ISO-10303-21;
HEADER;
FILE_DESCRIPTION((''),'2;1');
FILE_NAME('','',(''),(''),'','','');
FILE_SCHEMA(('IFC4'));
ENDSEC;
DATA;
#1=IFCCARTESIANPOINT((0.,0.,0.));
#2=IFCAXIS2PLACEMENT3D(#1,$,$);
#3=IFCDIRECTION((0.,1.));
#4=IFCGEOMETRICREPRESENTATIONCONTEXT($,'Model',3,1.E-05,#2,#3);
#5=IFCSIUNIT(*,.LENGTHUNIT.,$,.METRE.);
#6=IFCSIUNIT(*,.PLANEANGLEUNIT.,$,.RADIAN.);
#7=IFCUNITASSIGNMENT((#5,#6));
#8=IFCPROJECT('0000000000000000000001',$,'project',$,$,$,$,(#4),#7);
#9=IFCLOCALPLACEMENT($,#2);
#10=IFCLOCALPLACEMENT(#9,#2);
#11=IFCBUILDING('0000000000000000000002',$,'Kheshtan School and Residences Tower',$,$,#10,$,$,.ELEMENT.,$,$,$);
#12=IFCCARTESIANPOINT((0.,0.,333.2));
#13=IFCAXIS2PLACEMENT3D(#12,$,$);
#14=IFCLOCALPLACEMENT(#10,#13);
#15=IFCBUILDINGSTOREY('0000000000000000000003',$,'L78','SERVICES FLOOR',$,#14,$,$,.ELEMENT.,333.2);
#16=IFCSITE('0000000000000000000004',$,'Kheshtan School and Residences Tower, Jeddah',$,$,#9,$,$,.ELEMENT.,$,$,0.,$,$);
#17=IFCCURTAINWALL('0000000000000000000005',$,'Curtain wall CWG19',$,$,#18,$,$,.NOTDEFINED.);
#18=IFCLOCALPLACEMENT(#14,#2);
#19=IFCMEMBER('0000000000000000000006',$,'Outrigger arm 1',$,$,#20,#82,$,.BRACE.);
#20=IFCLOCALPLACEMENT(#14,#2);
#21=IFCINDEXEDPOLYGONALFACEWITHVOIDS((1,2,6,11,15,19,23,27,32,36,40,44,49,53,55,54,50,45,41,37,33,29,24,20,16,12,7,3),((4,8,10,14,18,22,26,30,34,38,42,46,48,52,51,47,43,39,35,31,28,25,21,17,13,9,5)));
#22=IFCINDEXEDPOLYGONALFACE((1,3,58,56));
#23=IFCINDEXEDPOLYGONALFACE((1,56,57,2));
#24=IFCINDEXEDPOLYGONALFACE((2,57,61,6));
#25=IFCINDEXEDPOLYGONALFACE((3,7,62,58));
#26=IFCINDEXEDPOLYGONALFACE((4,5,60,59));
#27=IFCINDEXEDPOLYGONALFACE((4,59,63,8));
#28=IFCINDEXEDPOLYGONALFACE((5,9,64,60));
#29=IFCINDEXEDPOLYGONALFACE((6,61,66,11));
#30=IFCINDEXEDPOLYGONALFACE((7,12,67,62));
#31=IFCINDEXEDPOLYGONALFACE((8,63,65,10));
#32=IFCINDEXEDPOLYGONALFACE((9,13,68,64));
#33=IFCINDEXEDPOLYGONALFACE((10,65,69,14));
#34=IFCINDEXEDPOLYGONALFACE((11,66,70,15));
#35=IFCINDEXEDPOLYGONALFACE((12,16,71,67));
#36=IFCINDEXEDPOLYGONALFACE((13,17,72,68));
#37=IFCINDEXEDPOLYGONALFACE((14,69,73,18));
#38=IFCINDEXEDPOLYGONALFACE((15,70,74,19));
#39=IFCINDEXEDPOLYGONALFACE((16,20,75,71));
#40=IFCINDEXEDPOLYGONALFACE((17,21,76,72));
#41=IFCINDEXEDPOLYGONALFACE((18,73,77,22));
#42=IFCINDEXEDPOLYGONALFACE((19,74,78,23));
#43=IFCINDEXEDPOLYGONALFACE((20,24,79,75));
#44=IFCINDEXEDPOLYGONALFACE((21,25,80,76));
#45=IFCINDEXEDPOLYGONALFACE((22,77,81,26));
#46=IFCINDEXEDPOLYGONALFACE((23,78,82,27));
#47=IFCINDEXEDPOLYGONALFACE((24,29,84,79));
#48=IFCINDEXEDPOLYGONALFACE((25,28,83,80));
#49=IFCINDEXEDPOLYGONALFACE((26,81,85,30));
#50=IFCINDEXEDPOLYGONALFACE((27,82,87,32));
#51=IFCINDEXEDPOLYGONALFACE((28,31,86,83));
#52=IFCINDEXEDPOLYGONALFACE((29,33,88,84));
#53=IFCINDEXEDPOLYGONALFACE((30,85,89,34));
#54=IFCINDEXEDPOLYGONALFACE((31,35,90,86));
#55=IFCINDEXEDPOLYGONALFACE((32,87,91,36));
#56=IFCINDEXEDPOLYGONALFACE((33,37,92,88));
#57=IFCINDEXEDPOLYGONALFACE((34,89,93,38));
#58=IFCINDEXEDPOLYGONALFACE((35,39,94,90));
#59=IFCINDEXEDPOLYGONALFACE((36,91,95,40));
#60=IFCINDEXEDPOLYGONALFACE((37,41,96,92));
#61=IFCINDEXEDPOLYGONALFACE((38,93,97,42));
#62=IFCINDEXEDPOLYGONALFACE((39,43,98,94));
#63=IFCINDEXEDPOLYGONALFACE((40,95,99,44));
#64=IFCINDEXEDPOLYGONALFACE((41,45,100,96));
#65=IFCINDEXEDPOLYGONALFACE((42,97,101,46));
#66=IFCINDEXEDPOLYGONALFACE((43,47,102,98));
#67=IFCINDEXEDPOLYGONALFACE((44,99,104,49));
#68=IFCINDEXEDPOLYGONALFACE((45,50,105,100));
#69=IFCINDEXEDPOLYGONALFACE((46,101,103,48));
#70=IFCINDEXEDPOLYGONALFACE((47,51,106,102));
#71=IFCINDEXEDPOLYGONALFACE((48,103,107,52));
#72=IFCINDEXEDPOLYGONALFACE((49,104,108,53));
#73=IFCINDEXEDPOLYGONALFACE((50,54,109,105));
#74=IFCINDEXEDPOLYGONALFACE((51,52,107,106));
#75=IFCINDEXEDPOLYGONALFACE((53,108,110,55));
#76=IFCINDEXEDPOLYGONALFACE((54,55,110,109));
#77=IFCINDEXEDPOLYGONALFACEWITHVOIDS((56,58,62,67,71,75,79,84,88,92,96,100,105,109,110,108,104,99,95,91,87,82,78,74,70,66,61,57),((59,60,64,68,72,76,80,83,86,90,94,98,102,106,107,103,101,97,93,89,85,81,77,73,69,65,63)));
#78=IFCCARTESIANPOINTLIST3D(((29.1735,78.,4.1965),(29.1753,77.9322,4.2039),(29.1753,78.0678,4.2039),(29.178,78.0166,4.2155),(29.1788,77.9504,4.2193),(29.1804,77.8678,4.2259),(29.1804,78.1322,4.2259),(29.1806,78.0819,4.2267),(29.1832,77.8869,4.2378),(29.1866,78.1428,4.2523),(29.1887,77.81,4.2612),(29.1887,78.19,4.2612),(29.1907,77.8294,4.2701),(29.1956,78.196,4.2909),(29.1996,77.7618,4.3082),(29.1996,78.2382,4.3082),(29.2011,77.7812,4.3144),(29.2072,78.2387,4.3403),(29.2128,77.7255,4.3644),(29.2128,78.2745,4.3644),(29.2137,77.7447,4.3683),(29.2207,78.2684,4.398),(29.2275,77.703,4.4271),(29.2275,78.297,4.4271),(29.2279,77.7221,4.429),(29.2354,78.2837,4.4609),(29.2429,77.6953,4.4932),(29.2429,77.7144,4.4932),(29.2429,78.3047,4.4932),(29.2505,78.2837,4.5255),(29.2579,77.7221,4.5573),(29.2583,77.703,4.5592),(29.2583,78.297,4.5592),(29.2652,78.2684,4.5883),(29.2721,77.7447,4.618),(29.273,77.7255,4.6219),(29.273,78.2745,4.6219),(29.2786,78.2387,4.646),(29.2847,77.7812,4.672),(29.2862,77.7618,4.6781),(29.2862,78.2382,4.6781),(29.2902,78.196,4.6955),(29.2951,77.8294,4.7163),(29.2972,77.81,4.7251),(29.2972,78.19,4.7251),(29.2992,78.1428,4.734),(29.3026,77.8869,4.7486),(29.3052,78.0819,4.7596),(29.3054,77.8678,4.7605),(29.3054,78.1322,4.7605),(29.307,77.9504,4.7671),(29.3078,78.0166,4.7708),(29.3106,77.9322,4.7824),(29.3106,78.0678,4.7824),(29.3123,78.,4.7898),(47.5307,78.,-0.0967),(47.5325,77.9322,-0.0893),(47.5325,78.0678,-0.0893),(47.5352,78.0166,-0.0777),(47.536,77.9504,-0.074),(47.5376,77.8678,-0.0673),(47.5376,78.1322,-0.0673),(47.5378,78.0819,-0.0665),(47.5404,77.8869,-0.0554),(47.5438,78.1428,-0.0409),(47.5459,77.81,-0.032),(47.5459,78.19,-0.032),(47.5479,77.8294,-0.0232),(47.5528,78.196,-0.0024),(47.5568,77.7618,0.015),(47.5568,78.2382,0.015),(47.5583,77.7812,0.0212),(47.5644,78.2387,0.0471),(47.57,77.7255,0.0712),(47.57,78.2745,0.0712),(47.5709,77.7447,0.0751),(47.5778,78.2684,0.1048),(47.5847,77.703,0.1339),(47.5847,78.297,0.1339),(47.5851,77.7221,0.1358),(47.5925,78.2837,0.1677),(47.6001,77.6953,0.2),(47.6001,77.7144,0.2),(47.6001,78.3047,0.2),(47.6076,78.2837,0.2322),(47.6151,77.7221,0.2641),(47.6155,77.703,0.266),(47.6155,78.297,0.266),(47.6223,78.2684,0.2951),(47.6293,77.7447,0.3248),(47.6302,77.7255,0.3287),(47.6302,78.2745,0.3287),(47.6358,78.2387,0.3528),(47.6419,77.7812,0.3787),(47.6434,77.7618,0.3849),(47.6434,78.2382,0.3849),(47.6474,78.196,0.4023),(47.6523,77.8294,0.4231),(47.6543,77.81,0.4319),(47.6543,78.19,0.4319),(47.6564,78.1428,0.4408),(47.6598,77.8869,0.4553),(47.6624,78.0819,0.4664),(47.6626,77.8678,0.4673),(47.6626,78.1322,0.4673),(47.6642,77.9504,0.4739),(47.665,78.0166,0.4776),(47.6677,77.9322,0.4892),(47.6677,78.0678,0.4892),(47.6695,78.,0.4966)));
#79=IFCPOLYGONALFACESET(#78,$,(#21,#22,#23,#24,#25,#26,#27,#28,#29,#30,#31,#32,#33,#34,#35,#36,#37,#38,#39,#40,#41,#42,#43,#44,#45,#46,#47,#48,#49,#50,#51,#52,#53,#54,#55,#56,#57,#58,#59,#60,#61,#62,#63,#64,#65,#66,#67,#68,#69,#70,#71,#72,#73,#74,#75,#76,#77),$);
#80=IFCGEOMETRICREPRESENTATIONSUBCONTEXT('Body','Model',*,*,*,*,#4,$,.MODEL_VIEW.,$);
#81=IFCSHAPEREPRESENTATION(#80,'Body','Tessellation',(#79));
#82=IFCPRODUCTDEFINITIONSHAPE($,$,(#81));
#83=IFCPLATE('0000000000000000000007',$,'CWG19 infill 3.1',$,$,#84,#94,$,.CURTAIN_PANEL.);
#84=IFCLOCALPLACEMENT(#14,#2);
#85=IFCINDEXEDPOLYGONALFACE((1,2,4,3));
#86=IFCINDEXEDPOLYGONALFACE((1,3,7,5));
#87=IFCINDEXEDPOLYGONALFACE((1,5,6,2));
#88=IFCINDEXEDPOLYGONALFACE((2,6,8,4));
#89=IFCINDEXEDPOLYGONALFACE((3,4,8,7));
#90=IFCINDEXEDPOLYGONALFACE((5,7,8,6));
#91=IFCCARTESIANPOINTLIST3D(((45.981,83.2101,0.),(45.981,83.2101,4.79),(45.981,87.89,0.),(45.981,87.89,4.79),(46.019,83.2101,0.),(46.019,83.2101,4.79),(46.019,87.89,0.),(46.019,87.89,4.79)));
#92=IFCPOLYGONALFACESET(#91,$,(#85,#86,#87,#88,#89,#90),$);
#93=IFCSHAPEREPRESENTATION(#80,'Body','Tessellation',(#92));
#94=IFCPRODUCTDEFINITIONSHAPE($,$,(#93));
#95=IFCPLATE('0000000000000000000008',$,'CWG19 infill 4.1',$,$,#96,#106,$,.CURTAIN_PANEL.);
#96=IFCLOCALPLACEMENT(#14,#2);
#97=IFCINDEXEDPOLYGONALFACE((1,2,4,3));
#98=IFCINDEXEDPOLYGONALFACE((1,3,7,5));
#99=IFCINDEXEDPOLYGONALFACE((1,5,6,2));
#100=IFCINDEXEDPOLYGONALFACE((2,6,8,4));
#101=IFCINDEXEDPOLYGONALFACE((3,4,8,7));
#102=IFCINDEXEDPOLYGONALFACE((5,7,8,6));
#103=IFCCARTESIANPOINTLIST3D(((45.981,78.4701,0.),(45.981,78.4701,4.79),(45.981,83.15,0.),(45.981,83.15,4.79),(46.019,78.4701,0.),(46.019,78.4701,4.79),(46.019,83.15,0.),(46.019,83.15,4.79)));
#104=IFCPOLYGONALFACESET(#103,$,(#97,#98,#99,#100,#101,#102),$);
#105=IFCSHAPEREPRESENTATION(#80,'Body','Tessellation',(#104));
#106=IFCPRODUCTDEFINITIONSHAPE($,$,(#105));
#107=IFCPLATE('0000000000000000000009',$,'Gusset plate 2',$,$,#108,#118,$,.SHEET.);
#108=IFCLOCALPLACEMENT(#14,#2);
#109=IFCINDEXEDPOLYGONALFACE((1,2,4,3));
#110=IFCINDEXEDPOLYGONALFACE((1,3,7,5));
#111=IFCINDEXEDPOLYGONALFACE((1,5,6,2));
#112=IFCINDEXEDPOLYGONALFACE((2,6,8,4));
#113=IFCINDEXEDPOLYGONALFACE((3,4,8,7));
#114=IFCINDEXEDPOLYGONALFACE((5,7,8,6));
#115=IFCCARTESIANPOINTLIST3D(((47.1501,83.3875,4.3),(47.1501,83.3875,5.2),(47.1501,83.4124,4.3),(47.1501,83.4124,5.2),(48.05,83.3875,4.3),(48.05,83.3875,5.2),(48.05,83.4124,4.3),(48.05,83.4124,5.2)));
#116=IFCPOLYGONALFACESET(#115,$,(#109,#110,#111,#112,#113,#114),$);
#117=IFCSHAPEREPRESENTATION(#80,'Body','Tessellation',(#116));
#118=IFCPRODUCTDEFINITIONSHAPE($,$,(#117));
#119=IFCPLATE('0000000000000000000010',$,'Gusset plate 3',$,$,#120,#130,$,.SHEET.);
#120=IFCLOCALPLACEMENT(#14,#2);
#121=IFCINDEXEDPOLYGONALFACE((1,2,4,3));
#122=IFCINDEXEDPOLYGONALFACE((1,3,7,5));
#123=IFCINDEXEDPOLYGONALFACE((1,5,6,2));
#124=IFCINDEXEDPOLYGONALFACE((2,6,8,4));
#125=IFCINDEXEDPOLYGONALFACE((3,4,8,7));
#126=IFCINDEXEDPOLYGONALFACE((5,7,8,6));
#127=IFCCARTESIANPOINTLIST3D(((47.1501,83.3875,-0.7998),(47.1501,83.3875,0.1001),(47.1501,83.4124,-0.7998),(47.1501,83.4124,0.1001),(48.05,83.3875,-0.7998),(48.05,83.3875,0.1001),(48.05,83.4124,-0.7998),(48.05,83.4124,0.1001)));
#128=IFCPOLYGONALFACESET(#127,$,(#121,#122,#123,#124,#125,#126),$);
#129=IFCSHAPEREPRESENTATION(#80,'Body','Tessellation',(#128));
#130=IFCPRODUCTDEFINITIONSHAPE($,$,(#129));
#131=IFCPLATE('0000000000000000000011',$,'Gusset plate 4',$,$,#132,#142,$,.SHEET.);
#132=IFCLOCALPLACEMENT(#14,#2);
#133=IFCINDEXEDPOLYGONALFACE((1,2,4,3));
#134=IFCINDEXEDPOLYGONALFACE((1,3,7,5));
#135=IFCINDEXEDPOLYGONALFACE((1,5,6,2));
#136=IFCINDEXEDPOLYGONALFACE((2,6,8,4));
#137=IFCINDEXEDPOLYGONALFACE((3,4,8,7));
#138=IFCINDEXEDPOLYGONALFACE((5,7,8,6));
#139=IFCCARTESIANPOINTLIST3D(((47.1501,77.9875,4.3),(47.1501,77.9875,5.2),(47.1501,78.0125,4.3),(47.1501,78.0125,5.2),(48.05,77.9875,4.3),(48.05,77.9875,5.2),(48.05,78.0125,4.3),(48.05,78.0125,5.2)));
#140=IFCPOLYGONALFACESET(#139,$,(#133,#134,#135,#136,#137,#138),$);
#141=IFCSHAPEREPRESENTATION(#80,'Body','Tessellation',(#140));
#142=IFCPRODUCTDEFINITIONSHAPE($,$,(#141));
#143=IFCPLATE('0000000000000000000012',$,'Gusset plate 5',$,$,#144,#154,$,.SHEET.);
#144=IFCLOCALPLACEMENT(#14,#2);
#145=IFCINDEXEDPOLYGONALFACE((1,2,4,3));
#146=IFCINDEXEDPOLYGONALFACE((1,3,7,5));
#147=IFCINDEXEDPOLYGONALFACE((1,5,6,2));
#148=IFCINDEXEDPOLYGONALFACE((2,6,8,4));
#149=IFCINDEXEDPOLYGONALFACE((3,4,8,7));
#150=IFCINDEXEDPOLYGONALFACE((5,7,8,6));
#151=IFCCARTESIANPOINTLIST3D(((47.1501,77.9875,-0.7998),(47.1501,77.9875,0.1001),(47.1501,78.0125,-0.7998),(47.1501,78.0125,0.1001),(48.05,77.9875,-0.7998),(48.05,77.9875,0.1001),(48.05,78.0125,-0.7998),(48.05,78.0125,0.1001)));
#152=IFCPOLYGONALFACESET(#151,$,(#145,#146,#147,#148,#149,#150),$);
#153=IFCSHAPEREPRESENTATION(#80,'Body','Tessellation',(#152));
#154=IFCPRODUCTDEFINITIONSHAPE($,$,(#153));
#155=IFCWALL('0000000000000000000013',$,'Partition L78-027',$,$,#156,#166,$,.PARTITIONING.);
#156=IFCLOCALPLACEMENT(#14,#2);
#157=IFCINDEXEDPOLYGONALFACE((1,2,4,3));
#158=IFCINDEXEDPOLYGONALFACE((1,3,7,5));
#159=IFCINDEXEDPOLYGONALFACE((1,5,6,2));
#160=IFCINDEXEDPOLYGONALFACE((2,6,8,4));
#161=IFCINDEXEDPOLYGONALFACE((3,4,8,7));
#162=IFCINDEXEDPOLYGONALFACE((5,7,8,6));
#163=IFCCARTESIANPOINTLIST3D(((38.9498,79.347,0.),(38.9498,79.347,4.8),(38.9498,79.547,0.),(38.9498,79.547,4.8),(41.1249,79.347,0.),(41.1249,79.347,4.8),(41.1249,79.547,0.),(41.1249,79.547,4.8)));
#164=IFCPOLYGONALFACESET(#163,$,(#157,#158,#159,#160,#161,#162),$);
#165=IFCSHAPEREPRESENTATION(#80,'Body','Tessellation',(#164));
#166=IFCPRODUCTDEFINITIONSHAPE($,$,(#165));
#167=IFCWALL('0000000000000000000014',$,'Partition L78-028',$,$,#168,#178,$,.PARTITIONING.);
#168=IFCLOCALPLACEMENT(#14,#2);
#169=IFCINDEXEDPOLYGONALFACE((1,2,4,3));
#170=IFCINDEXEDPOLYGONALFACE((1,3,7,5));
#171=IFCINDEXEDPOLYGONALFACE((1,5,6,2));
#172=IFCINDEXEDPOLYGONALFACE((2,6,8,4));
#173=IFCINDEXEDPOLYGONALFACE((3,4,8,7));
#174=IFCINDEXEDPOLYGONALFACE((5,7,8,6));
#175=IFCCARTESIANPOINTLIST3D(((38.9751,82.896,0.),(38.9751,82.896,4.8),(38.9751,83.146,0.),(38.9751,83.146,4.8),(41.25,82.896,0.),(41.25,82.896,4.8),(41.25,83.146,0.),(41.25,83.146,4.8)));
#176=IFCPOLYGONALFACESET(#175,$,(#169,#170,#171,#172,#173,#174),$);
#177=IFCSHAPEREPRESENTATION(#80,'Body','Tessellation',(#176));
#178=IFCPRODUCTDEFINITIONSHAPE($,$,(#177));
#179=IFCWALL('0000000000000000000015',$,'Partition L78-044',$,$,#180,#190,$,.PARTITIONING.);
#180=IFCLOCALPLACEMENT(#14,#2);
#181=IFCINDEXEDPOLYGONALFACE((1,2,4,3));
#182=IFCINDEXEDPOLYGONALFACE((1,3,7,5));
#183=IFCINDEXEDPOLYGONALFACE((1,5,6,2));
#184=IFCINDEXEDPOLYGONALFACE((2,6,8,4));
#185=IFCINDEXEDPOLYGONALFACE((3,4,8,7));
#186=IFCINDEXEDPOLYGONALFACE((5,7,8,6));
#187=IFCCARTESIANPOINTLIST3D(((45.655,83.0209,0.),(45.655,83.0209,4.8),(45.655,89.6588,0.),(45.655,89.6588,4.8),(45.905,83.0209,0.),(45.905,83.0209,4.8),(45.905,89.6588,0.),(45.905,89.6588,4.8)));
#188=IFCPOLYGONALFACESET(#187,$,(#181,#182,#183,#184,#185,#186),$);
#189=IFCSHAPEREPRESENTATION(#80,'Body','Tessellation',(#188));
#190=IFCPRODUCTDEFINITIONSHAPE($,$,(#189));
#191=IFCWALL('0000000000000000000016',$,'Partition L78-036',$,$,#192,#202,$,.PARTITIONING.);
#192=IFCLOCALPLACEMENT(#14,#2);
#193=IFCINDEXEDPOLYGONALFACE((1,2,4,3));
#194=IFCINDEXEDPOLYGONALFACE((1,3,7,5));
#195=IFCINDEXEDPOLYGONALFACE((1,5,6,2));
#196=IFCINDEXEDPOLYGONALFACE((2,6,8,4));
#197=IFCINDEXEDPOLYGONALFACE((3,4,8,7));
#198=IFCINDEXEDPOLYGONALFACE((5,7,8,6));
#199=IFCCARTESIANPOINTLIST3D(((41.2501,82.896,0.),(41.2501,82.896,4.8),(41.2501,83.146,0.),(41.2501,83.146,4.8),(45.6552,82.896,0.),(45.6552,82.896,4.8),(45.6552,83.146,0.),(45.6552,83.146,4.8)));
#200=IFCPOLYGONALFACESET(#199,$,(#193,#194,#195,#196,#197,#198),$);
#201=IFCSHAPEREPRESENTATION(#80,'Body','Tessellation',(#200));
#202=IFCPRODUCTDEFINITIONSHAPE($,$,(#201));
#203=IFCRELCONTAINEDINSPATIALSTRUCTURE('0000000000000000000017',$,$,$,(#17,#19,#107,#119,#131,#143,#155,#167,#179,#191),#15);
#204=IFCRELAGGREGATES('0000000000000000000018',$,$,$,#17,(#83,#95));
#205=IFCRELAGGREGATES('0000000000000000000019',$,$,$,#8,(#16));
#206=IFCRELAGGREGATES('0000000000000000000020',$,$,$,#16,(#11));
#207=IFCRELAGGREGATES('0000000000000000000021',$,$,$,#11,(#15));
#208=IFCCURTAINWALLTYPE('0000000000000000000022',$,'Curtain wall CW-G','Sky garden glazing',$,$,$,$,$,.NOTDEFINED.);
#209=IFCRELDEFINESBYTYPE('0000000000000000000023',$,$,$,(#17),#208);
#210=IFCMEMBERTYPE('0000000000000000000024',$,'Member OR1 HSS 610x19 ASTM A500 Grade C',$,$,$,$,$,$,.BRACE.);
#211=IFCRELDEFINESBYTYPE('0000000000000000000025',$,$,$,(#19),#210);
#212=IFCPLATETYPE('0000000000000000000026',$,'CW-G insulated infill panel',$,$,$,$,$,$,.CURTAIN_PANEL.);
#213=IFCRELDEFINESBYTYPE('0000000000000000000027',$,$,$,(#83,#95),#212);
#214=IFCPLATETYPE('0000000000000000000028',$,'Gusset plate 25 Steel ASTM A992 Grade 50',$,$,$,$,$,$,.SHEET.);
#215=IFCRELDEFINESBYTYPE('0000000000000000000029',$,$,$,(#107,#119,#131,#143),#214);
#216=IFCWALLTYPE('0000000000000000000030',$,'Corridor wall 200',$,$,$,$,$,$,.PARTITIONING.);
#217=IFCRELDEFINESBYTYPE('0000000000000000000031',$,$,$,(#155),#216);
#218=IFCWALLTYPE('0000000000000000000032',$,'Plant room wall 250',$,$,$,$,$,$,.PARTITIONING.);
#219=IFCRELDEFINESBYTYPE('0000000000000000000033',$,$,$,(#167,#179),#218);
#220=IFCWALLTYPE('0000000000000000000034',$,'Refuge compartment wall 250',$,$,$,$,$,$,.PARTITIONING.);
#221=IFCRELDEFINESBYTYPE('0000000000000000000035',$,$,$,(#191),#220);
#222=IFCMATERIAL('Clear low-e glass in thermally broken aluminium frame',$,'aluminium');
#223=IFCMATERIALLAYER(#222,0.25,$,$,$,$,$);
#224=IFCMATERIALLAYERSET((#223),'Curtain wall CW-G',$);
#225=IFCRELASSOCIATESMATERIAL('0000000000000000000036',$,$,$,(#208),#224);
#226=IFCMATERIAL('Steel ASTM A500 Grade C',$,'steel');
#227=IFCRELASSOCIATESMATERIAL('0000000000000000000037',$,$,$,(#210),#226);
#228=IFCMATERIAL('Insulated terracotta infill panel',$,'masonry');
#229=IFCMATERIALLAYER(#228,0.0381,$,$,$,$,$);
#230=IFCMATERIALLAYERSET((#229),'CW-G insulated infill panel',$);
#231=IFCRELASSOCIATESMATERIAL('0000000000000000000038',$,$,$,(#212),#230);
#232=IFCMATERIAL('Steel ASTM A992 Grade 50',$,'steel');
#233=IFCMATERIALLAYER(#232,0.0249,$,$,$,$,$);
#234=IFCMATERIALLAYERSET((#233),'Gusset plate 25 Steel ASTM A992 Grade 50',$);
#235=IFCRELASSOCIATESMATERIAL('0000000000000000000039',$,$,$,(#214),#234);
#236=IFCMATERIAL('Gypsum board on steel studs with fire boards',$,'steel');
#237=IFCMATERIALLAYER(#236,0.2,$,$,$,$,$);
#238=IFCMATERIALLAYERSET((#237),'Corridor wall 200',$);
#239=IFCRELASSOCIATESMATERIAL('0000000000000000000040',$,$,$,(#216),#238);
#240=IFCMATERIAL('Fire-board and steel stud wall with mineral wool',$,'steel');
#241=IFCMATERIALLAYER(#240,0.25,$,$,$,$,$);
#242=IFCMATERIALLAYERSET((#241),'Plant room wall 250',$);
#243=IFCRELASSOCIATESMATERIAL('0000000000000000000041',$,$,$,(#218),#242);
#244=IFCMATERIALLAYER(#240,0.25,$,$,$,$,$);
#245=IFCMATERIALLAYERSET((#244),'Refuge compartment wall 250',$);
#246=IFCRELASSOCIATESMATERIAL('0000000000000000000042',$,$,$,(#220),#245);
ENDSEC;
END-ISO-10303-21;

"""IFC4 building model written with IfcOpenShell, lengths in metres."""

from ifc_helpers import new_model, si_unit, direction, frame, frame_2d, origin, origin_2d, place, context, subcontext, project, spatial, rectangle, hollow_circle, extrude, material, layer, layer_set, material_profile, profile_set, type_object, element, aggregate, save


model = new_model("IFC4")

# Units and contexts
model_context = context("Model", 3, precision=1e-05, world=origin(), true_north=direction((0.0, 1.0)))
body_context = subcontext(model_context, "Body", "Model", "MODEL_VIEW")
ifc_project = project(units=[si_unit("LENGTHUNIT", "METRE"), si_unit("PLANEANGLEUNIT", "RADIAN")], contexts=[model_context])

# Site, building, storey
site_placement = place(None, origin())
site = spatial("IfcSite", under=ifc_project, at=site_placement, Name="Kheshtan School and Residences Tower, Jeddah", CompositionType="ELEMENT", RefElevation=0.0)
building_placement = place(site_placement, origin())
building = spatial("IfcBuilding", under=site, at=building_placement, Name="Kheshtan School and Residences Tower", CompositionType="ELEMENT")
storey_placement = place(building_placement, frame((0.0, 0.0, 333.2)))
storey = spatial("IfcBuildingStorey", under=building, at=storey_placement, Name="L78", Description="SERVICES FLOOR", CompositionType="ELEMENT", Elevation=333.2)

# Shared definitions
ifc_material_1 = material(Name="Steel ASTM A992 Grade 50", Category="steel")

# Curtain wall
ifc_material_2 = material(Name="Clear low-e glass in thermally broken aluminium frame", Category="aluminium")
ifc_layer_1 = layer(ifc_material_2, 0.25)
ifc_layer_set_1 = layer_set([ifc_layer_1], Name="Curtain wall CW-G")
curtain_wall_type = type_object("IfcCurtainWallType", Name="Curtain wall CW-G", Description="Sky garden glazing", PredefinedType="NOTDEFINED", material=ifc_layer_set_1)
curtain_wall_placement = place(storey_placement, origin())
curtain_wall = element("IfcCurtainWall", 1, at=curtain_wall_placement, inside=storey, type_object=curtain_wall_type, Name="Curtain wall CWG19", PredefinedType="NOTDEFINED")

# Member
ifc_material_3 = material(Name="Steel ASTM A500 Grade C", Category="steel")
ifc_material_profile_1 = material_profile(ifc_material_3, hollow_circle(Radius=0.3047, WallThickness=0.019, at=origin_2d()), Name="HSS 610x19")
ifc_profile_set_1 = profile_set([ifc_material_profile_1], Name="Steel ASTM A500 Grade C")
member_type_1 = type_object("IfcMemberType", Name="Member OR1 HSS 610x19 ASTM A500 Grade C", PredefinedType="BRACE", material=ifc_profile_set_1)
member_1_placement = place(storey_placement, frame((47.6001, 78.0, 0.2), z_axis=(-0.973725, 0.0, 0.227726), x_axis=(0.0, -1.0, 0.0)))
element("IfcMember", 2, at=member_1_placement, inside=storey, type_object=member_type_1, Name="Outrigger arm 1", PredefinedType="BRACE", context=body_context, shape_type="SweptSolid", body=[
    extrude(hollow_circle(Radius=0.3047, WallThickness=0.019, at=origin_2d()), origin(), (0.0, 0.0, 1.0), 18.8525),
])

# Plates
ifc_material_4 = material(Name="Insulated terracotta infill panel", Category="masonry")
ifc_layer_2 = layer(ifc_material_4, 0.0381)
ifc_layer_set_2 = layer_set([ifc_layer_2], Name="CW-G insulated infill panel")
plate_type_1 = type_object("IfcPlateType", Name="CW-G insulated infill panel", PredefinedType="CURTAIN_PANEL", material=ifc_layer_set_2)
plate_1_placement = place(storey_placement, frame((46.0, 85.55, 0.0), z_axis=(0.0, 0.0, 1.0), x_axis=(0.0, -1.0, 0.0)))
plate_1 = element("IfcPlate", 3, at=plate_1_placement, type_object=plate_type_1, Name="CWG19 infill 3.1", PredefinedType="CURTAIN_PANEL", context=body_context, shape_type="SweptSolid", body=[
    extrude(rectangle(XDim=4.6799, YDim=0.0381, at=origin_2d()), origin(), (0.0, 0.0, 1.0), 4.79),
])
plate_2_placement = place(storey_placement, frame((46.0, 80.8101, 0.0), z_axis=(0.0, 0.0, 1.0), x_axis=(0.0, -1.0, 0.0)))
plate_2 = element("IfcPlate", 4, at=plate_2_placement, type_object=plate_type_1, Name="CWG19 infill 4.1", PredefinedType="CURTAIN_PANEL", context=body_context, shape_type="SweptSolid", body=[
    extrude(rectangle(XDim=4.6799, YDim=0.0381, at=origin_2d()), origin(), (0.0, 0.0, 1.0), 4.79),
])
aggregate(curtain_wall, [plate_1, plate_2])

# Plates
ifc_layer_3 = layer(ifc_material_1, 0.0249)
ifc_layer_set_3 = layer_set([ifc_layer_3], Name="Gusset plate 25 Steel ASTM A992 Grade 50")
plate_type_2 = type_object("IfcPlateType", Name="Gusset plate 25 Steel ASTM A992 Grade 50", PredefinedType="SHEET", material=ifc_layer_set_3)
for number, where, z_axis, x_axis, name in (
    (5, (47.6001, 83.3999, 4.3), (0.0, 0.0, 1.0), (1.0, 0.0, 0.0), "Gusset plate 2"),
    (6, (47.6001, 83.3999, -0.7998), (0.0, 0.0, 1.0), (1.0, 0.0, 0.0), "Gusset plate 3"),
    (7, (47.6001, 78.0, 4.3), (0.0, 0.0, 1.0), (1.0, 0.0, 0.0), "Gusset plate 4"),
    (8, (47.6001, 78.0, -0.7998), (0.0, 0.0, 1.0), (1.0, 0.0, 0.0), "Gusset plate 5"),
):
    element("IfcPlate", number, at=place(storey_placement, frame(where, z_axis=z_axis, x_axis=x_axis)), inside=storey, type_object=plate_type_2, Name=name, PredefinedType="SHEET", context=body_context, shape_type="SweptSolid", body=[
        extrude(rectangle(XDim=0.8999, YDim=0.0249, at=origin_2d()), origin(), (0.0, 0.0, 1.0), 0.8999),
    ])

# Walls
ifc_material_5 = material(Name="Gypsum board on steel studs with fire boards", Category="steel")
ifc_layer_4 = layer(ifc_material_5, 0.2)
ifc_layer_set_4 = layer_set([ifc_layer_4], Name="Corridor wall 200")
wall_type_1 = type_object("IfcWallType", Name="Corridor wall 200", PredefinedType="PARTITIONING", material=ifc_layer_set_4)
wall_1_placement = place(storey_placement, frame((38.95, 79.447, 0.0), z_axis=(0.0, 0.0, 1.0), x_axis=(1.0, 0.0, 0.0)))
element("IfcWall", 9, at=wall_1_placement, inside=storey, type_object=wall_type_1, Name="Partition L78-027", PredefinedType="PARTITIONING", context=body_context, shape_type="SweptSolid", body=[
    extrude(rectangle(XDim=2.175, YDim=0.2, at=frame_2d((1.0874, 0.0))), origin(), (0.0, 0.0, 1.0), 4.8),
])
ifc_material_6 = material(Name="Fire-board and steel stud wall with mineral wool", Category="steel")
ifc_layer_5 = layer(ifc_material_6, 0.25)
ifc_layer_set_5 = layer_set([ifc_layer_5], Name="Plant room wall 250")
wall_type_2 = type_object("IfcWallType", Name="Plant room wall 250", PredefinedType="PARTITIONING", material=ifc_layer_set_5)
wall_2_placement = place(storey_placement, frame((38.9751, 83.021, 0.0), z_axis=(0.0, 0.0, 1.0), x_axis=(1.0, 0.0, 0.0)))
element("IfcWall", 10, at=wall_2_placement, inside=storey, type_object=wall_type_2, Name="Partition L78-028", PredefinedType="PARTITIONING", context=body_context, shape_type="SweptSolid", body=[
    extrude(rectangle(XDim=2.2749, YDim=0.25, at=frame_2d((1.1375, 0.0))), origin(), (0.0, 0.0, 1.0), 4.8),
])
wall_3_placement = place(storey_placement, frame((45.78, 83.021, 0.0), z_axis=(0.0, 0.0, 1.0), x_axis=(0.0, 1.0, 0.0)))
element("IfcWall", 11, at=wall_3_placement, inside=storey, type_object=wall_type_2, Name="Partition L78-044", PredefinedType="PARTITIONING", context=body_context, shape_type="SweptSolid", body=[
    extrude(rectangle(XDim=6.6379, YDim=0.25, at=frame_2d((3.3188, 0.0))), origin(), (0.0, 0.0, 1.0), 4.8),
])
ifc_layer_6 = layer(ifc_material_6, 0.25)
ifc_layer_set_6 = layer_set([ifc_layer_6], Name="Refuge compartment wall 250")
wall_type_3 = type_object("IfcWallType", Name="Refuge compartment wall 250", PredefinedType="PARTITIONING", material=ifc_layer_set_6)
wall_4_placement = place(storey_placement, frame((41.25, 83.021, 0.0), z_axis=(0.0, 0.0, 1.0), x_axis=(1.0, 0.0, 0.0)))
element("IfcWall", 12, at=wall_4_placement, inside=storey, type_object=wall_type_3, Name="Partition L78-036", PredefinedType="PARTITIONING", context=body_context, shape_type="SweptSolid", body=[
    extrude(rectangle(XDim=4.405, YDim=0.25, at=frame_2d((2.2026, 0.0))), origin(), (0.0, 0.0, 1.0), 4.8),
])

save(model, "model.ifc")
